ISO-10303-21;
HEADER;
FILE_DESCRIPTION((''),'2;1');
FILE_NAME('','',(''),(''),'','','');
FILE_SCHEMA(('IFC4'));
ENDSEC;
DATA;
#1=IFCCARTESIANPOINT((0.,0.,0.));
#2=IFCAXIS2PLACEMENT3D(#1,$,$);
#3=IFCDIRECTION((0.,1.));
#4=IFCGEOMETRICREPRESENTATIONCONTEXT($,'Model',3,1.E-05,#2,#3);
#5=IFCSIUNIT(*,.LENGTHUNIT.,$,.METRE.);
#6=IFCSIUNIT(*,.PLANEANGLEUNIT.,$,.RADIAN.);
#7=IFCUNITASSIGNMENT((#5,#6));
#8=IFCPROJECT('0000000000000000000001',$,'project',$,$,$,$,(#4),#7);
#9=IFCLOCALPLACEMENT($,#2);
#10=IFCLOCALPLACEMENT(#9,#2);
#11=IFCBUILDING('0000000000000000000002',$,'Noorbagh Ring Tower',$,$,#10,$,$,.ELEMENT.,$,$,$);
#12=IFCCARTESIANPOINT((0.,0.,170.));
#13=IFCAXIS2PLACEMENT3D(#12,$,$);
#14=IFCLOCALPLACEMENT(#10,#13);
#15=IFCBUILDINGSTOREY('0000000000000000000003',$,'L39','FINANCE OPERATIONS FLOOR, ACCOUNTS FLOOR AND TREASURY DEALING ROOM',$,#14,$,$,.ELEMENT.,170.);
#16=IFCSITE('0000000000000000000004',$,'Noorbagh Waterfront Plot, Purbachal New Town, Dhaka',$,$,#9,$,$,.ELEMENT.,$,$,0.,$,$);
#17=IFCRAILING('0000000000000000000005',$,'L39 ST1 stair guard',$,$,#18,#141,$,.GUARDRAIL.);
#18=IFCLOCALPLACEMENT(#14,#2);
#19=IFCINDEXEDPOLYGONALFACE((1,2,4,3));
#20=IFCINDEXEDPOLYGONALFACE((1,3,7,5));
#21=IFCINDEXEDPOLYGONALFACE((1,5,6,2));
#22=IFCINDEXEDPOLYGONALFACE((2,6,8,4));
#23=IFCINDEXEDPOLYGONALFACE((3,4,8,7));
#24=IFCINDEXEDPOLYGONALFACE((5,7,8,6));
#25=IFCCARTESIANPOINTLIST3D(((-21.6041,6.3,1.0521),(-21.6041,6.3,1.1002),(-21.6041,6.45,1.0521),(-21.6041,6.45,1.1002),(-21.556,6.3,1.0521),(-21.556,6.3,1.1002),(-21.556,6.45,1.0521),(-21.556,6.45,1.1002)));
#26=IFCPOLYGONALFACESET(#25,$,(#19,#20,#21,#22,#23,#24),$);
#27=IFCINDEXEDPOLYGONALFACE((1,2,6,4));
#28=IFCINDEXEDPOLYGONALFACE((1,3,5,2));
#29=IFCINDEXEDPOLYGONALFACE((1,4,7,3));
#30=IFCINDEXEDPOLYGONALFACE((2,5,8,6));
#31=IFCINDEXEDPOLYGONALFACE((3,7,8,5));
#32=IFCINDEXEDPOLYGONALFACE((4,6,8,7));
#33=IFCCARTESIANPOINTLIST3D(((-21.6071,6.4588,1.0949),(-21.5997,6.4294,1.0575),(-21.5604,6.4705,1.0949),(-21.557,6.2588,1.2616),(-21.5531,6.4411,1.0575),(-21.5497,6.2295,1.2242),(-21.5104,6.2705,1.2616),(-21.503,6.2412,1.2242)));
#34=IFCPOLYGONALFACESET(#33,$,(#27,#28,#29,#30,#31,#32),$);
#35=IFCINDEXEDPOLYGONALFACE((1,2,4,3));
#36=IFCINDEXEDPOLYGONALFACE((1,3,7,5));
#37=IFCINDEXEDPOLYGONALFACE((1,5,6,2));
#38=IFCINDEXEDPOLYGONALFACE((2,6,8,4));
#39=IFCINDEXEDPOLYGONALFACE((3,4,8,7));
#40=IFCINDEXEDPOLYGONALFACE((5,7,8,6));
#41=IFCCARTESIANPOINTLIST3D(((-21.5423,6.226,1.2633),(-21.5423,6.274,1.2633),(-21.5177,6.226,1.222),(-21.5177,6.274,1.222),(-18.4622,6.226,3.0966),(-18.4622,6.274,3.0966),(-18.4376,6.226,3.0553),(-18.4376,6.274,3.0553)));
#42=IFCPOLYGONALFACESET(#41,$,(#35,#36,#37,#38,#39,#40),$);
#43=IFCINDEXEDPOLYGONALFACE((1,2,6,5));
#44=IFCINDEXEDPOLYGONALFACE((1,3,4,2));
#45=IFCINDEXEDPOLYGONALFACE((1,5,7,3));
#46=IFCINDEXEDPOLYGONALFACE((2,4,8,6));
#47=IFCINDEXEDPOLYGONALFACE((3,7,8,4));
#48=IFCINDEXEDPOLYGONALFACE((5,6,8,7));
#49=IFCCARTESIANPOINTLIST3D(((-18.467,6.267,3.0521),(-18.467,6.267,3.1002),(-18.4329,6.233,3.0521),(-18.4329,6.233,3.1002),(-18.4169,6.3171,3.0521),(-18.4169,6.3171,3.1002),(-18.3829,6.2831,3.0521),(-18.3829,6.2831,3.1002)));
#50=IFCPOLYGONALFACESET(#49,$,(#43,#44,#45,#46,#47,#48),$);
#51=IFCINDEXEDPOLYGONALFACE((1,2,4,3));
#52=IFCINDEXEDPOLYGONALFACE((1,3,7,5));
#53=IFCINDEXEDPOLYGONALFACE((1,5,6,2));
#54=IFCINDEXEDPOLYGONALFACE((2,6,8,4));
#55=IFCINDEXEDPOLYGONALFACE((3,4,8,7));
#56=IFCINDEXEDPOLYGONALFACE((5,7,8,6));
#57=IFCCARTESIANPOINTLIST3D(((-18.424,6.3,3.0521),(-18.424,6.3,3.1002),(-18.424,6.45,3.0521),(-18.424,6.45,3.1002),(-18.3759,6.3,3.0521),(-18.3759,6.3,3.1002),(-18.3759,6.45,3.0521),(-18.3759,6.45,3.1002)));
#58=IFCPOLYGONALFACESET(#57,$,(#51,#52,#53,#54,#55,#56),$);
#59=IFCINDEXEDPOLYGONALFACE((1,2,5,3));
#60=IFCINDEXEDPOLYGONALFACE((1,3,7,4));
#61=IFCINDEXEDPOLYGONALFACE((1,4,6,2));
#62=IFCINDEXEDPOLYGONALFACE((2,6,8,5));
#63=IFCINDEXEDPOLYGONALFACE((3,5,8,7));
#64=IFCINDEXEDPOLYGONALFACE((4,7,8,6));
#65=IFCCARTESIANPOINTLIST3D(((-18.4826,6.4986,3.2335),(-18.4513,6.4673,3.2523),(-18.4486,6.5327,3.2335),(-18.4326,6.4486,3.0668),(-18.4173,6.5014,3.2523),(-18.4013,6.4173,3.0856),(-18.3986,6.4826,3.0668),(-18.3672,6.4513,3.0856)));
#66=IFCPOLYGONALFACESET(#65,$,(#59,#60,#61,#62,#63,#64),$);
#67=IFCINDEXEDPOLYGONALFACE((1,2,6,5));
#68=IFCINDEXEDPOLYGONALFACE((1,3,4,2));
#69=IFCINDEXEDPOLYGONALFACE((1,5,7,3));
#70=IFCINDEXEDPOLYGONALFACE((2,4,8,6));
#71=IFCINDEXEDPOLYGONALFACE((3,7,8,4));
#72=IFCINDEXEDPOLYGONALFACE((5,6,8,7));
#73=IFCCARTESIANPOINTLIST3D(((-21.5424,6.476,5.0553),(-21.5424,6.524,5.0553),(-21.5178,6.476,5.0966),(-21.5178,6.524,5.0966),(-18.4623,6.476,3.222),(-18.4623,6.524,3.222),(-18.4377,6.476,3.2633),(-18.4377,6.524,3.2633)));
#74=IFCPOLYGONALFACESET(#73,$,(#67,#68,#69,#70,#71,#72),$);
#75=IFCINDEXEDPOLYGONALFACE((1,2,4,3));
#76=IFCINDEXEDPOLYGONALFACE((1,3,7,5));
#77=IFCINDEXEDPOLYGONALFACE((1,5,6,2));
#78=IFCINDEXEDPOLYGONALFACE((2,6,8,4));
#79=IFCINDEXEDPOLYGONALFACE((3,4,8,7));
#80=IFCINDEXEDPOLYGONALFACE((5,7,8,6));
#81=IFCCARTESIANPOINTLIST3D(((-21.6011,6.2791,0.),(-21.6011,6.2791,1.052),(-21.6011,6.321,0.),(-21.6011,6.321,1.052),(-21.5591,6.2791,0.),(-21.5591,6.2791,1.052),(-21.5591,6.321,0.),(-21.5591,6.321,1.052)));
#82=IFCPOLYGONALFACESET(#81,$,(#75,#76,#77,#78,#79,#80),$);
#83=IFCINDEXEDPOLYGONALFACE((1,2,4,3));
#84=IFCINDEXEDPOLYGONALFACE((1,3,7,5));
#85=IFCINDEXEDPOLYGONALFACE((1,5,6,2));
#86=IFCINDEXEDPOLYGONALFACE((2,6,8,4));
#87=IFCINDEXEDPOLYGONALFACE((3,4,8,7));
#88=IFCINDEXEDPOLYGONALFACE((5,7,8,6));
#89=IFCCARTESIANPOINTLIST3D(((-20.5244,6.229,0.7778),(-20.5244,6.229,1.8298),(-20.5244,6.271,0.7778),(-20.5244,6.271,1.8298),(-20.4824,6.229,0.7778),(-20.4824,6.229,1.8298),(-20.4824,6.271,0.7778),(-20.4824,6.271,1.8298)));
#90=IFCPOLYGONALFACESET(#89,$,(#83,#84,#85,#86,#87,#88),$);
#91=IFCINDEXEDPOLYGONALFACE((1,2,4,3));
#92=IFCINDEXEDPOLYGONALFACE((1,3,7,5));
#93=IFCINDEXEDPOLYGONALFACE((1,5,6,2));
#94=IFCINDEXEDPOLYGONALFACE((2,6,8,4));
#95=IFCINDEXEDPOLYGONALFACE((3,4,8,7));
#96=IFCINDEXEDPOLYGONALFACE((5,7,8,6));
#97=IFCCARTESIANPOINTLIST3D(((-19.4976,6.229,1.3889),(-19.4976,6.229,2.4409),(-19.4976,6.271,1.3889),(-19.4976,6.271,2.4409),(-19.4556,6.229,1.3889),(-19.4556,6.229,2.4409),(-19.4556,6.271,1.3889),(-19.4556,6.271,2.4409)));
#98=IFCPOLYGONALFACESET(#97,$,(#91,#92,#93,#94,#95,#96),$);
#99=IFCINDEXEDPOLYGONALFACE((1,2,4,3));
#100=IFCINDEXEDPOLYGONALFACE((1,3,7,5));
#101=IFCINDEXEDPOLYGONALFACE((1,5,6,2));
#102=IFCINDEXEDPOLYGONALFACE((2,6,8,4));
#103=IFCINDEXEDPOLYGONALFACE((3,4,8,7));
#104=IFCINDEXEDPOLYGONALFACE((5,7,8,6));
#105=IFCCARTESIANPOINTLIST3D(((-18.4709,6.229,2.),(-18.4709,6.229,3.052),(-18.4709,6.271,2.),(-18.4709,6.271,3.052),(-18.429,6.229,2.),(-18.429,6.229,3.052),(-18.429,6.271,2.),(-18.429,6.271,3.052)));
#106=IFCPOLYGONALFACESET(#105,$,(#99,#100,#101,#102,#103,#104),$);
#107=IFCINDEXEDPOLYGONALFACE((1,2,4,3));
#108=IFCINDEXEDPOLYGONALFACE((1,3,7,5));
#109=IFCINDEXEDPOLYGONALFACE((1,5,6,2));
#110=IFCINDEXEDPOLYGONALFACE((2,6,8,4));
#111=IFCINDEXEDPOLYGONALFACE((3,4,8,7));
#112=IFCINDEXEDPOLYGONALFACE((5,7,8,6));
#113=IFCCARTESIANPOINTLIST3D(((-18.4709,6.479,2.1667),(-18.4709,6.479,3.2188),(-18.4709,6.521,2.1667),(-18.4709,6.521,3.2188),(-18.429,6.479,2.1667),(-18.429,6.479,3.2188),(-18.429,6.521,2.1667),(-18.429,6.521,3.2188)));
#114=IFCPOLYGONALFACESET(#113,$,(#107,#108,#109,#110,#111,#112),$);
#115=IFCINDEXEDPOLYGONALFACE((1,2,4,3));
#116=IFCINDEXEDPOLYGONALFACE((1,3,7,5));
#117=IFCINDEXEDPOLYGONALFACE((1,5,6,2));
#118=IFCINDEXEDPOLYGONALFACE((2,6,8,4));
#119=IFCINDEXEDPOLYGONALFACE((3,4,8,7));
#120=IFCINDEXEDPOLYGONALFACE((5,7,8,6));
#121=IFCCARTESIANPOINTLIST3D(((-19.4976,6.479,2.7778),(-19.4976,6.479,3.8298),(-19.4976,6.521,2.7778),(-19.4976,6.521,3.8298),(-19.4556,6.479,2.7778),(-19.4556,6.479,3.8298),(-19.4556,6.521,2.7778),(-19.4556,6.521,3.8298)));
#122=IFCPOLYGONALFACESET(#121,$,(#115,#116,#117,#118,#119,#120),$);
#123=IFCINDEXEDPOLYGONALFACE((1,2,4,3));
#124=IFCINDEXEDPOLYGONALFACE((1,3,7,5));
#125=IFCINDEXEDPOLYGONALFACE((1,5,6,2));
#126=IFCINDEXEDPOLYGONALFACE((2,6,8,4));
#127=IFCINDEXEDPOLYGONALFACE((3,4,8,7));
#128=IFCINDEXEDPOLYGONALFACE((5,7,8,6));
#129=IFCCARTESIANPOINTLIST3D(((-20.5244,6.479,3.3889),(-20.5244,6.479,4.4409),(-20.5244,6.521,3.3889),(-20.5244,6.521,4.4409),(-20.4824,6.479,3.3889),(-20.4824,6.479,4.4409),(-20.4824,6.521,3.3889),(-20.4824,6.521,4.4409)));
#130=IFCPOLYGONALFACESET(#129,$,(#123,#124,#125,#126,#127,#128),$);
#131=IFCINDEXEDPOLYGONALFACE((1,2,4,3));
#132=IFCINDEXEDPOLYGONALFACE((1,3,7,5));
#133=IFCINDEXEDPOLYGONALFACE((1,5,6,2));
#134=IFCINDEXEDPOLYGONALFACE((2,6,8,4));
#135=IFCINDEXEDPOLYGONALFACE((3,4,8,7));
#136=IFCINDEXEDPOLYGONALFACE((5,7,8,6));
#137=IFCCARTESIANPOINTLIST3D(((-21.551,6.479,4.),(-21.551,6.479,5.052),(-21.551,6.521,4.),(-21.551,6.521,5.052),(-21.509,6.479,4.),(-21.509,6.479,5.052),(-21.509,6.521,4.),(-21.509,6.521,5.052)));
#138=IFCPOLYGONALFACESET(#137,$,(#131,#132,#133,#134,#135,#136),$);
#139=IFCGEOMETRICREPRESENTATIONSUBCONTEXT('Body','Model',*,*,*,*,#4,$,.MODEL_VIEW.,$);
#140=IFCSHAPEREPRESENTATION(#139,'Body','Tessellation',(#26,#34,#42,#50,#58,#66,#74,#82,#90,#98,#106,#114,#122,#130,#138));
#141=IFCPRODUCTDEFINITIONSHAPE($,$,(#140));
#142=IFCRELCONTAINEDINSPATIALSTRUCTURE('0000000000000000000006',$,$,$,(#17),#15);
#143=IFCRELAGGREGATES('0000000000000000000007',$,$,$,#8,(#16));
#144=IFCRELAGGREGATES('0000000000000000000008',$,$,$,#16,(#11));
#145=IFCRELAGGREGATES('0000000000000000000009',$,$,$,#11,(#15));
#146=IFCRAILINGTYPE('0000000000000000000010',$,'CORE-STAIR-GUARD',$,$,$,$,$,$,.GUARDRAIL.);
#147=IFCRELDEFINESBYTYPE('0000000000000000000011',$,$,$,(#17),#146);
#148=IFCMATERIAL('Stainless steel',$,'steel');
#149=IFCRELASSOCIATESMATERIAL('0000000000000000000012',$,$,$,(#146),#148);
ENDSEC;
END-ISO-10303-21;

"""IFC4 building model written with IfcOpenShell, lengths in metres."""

from ifc_helpers import new_model, si_unit, direction, frame, origin, origin_2d, place, context, subcontext, project, spatial, rectangle, extrude, material, type_object, element, save


model = new_model("IFC4")

# Units and contexts
model_context = context("Model", 3, precision=1e-05, world=origin(), true_north=direction((0.0, 1.0)))
body_context = subcontext(model_context, "Body", "Model", "MODEL_VIEW")
ifc_project = project(units=[si_unit("LENGTHUNIT", "METRE"), si_unit("PLANEANGLEUNIT", "RADIAN")], contexts=[model_context])

# Site, building, storey
site_placement = place(None, origin())
site = spatial("IfcSite", under=ifc_project, at=site_placement, Name="Noorbagh Waterfront Plot, Purbachal New Town, Dhaka", CompositionType="ELEMENT", RefElevation=0.0)
building_placement = place(site_placement, origin())
building = spatial("IfcBuilding", under=site, at=building_placement, Name="Noorbagh Ring Tower", CompositionType="ELEMENT")
storey_placement = place(building_placement, frame((0.0, 0.0, 170.0)))
storey = spatial("IfcBuildingStorey", under=building, at=storey_placement, Name="L39", Description="FINANCE OPERATIONS FLOOR, ACCOUNTS FLOOR AND TREASURY DEALING ROOM", CompositionType="ELEMENT", Elevation=170.0)

# Railing
ifc_material_1 = material(Name="Stainless steel", Category="steel")
railing_type_1 = type_object("IfcRailingType", Name="CORE-STAIR-GUARD", PredefinedType="GUARDRAIL", material=ifc_material_1)
railing_1_placement = place(storey_placement, frame((-21.5801, 6.3, 0.0)))
element("IfcRailing", 1, at=railing_1_placement, inside=storey, type_object=railing_type_1, Name="L39 ST1 stair guard", PredefinedType="GUARDRAIL", context=body_context, shape_type="SweptSolid", body=[
    extrude(rectangle(XDim=0.0481, YDim=0.0481, at=origin_2d()), frame((0.0, 0.0, 1.0762), z_axis=(0.0, 1.0, 0.0), x_axis=(-1.0, 0.0, 0.0)), (0.0, 0.0, 1.0), 0.1499),
    extrude(rectangle(XDim=0.0481, YDim=0.0481, at=origin_2d()), frame((0.0, 0.1499, 1.0762), z_axis=(0.188776, -0.754182, 0.628946), x_axis=(0.970073, 0.242814, 0.0)), (0.0, 0.0, 1.0), 0.2651),
    extrude(rectangle(XDim=0.0481, YDim=0.0481, at=origin_2d()), frame((0.05, -0.05, 1.2427), z_axis=(0.859309, 0.0, 0.511458), x_axis=(0.0, 1.0, 0.0)), (0.0, 0.0, 1.0), 3.5845),
    extrude(rectangle(XDim=0.0481, YDim=0.0481, at=origin_2d()), frame((3.1301, -0.05, 3.0762), z_axis=(0.707107, 0.707107, 0.0), x_axis=(-0.707107, 0.707107, 0.0)), (0.0, 0.0, 1.0), 0.0708),
    extrude(rectangle(XDim=0.0481, YDim=0.0481, at=origin_2d()), frame((3.1802, 0.0, 3.0762), z_axis=(0.0, 1.0, 0.0), x_axis=(-1.0, 0.0, 0.0)), (0.0, 0.0, 1.0), 0.1499),
    extrude(rectangle(XDim=0.0481, YDim=0.0481, at=origin_2d()), frame((3.1802, 0.1499, 3.0762), z_axis=(-0.276287, 0.276287, 0.920506), x_axis=(-0.707107, -0.707107, 0.0)), (0.0, 0.0, 1.0), 0.1812),
    extrude(rectangle(XDim=0.0481, YDim=0.0481, at=origin_2d()), frame((3.1301, 0.2, 3.2427), z_axis=(-0.859309, 0.0, 0.511458), x_axis=(0.0, -1.0, 0.0)), (0.0, 0.0, 1.0), 3.5845),
    extrude(rectangle(XDim=0.042, YDim=0.042, at=origin_2d()), origin(), (0.0, 0.0, 1.0), 1.052),
    extrude(rectangle(XDim=0.042, YDim=0.042, at=origin_2d()), frame((1.0767, -0.05, 0.7778)), (0.0, 0.0, 1.0), 1.052),
    extrude(rectangle(XDim=0.042, YDim=0.042, at=origin_2d()), frame((2.1035, -0.05, 1.3889)), (0.0, 0.0, 1.0), 1.052),
    extrude(rectangle(XDim=0.042, YDim=0.042, at=origin_2d()), frame((3.1301, -0.05, 2.0)), (0.0, 0.0, 1.0), 1.052),
    extrude(rectangle(XDim=0.042, YDim=0.042, at=origin_2d()), frame((3.1301, 0.2, 2.1667)), (0.0, 0.0, 1.0), 1.052),
    extrude(rectangle(XDim=0.042, YDim=0.042, at=origin_2d()), frame((2.1035, 0.2, 2.7778)), (0.0, 0.0, 1.0), 1.052),
    extrude(rectangle(XDim=0.042, YDim=0.042, at=origin_2d()), frame((1.0767, 0.2, 3.3889)), (0.0, 0.0, 1.0), 1.052),
    extrude(rectangle(XDim=0.042, YDim=0.042, at=origin_2d()), frame((0.05, 0.2, 4.0)), (0.0, 0.0, 1.0), 1.052),
])

save(model, "model.ifc")
